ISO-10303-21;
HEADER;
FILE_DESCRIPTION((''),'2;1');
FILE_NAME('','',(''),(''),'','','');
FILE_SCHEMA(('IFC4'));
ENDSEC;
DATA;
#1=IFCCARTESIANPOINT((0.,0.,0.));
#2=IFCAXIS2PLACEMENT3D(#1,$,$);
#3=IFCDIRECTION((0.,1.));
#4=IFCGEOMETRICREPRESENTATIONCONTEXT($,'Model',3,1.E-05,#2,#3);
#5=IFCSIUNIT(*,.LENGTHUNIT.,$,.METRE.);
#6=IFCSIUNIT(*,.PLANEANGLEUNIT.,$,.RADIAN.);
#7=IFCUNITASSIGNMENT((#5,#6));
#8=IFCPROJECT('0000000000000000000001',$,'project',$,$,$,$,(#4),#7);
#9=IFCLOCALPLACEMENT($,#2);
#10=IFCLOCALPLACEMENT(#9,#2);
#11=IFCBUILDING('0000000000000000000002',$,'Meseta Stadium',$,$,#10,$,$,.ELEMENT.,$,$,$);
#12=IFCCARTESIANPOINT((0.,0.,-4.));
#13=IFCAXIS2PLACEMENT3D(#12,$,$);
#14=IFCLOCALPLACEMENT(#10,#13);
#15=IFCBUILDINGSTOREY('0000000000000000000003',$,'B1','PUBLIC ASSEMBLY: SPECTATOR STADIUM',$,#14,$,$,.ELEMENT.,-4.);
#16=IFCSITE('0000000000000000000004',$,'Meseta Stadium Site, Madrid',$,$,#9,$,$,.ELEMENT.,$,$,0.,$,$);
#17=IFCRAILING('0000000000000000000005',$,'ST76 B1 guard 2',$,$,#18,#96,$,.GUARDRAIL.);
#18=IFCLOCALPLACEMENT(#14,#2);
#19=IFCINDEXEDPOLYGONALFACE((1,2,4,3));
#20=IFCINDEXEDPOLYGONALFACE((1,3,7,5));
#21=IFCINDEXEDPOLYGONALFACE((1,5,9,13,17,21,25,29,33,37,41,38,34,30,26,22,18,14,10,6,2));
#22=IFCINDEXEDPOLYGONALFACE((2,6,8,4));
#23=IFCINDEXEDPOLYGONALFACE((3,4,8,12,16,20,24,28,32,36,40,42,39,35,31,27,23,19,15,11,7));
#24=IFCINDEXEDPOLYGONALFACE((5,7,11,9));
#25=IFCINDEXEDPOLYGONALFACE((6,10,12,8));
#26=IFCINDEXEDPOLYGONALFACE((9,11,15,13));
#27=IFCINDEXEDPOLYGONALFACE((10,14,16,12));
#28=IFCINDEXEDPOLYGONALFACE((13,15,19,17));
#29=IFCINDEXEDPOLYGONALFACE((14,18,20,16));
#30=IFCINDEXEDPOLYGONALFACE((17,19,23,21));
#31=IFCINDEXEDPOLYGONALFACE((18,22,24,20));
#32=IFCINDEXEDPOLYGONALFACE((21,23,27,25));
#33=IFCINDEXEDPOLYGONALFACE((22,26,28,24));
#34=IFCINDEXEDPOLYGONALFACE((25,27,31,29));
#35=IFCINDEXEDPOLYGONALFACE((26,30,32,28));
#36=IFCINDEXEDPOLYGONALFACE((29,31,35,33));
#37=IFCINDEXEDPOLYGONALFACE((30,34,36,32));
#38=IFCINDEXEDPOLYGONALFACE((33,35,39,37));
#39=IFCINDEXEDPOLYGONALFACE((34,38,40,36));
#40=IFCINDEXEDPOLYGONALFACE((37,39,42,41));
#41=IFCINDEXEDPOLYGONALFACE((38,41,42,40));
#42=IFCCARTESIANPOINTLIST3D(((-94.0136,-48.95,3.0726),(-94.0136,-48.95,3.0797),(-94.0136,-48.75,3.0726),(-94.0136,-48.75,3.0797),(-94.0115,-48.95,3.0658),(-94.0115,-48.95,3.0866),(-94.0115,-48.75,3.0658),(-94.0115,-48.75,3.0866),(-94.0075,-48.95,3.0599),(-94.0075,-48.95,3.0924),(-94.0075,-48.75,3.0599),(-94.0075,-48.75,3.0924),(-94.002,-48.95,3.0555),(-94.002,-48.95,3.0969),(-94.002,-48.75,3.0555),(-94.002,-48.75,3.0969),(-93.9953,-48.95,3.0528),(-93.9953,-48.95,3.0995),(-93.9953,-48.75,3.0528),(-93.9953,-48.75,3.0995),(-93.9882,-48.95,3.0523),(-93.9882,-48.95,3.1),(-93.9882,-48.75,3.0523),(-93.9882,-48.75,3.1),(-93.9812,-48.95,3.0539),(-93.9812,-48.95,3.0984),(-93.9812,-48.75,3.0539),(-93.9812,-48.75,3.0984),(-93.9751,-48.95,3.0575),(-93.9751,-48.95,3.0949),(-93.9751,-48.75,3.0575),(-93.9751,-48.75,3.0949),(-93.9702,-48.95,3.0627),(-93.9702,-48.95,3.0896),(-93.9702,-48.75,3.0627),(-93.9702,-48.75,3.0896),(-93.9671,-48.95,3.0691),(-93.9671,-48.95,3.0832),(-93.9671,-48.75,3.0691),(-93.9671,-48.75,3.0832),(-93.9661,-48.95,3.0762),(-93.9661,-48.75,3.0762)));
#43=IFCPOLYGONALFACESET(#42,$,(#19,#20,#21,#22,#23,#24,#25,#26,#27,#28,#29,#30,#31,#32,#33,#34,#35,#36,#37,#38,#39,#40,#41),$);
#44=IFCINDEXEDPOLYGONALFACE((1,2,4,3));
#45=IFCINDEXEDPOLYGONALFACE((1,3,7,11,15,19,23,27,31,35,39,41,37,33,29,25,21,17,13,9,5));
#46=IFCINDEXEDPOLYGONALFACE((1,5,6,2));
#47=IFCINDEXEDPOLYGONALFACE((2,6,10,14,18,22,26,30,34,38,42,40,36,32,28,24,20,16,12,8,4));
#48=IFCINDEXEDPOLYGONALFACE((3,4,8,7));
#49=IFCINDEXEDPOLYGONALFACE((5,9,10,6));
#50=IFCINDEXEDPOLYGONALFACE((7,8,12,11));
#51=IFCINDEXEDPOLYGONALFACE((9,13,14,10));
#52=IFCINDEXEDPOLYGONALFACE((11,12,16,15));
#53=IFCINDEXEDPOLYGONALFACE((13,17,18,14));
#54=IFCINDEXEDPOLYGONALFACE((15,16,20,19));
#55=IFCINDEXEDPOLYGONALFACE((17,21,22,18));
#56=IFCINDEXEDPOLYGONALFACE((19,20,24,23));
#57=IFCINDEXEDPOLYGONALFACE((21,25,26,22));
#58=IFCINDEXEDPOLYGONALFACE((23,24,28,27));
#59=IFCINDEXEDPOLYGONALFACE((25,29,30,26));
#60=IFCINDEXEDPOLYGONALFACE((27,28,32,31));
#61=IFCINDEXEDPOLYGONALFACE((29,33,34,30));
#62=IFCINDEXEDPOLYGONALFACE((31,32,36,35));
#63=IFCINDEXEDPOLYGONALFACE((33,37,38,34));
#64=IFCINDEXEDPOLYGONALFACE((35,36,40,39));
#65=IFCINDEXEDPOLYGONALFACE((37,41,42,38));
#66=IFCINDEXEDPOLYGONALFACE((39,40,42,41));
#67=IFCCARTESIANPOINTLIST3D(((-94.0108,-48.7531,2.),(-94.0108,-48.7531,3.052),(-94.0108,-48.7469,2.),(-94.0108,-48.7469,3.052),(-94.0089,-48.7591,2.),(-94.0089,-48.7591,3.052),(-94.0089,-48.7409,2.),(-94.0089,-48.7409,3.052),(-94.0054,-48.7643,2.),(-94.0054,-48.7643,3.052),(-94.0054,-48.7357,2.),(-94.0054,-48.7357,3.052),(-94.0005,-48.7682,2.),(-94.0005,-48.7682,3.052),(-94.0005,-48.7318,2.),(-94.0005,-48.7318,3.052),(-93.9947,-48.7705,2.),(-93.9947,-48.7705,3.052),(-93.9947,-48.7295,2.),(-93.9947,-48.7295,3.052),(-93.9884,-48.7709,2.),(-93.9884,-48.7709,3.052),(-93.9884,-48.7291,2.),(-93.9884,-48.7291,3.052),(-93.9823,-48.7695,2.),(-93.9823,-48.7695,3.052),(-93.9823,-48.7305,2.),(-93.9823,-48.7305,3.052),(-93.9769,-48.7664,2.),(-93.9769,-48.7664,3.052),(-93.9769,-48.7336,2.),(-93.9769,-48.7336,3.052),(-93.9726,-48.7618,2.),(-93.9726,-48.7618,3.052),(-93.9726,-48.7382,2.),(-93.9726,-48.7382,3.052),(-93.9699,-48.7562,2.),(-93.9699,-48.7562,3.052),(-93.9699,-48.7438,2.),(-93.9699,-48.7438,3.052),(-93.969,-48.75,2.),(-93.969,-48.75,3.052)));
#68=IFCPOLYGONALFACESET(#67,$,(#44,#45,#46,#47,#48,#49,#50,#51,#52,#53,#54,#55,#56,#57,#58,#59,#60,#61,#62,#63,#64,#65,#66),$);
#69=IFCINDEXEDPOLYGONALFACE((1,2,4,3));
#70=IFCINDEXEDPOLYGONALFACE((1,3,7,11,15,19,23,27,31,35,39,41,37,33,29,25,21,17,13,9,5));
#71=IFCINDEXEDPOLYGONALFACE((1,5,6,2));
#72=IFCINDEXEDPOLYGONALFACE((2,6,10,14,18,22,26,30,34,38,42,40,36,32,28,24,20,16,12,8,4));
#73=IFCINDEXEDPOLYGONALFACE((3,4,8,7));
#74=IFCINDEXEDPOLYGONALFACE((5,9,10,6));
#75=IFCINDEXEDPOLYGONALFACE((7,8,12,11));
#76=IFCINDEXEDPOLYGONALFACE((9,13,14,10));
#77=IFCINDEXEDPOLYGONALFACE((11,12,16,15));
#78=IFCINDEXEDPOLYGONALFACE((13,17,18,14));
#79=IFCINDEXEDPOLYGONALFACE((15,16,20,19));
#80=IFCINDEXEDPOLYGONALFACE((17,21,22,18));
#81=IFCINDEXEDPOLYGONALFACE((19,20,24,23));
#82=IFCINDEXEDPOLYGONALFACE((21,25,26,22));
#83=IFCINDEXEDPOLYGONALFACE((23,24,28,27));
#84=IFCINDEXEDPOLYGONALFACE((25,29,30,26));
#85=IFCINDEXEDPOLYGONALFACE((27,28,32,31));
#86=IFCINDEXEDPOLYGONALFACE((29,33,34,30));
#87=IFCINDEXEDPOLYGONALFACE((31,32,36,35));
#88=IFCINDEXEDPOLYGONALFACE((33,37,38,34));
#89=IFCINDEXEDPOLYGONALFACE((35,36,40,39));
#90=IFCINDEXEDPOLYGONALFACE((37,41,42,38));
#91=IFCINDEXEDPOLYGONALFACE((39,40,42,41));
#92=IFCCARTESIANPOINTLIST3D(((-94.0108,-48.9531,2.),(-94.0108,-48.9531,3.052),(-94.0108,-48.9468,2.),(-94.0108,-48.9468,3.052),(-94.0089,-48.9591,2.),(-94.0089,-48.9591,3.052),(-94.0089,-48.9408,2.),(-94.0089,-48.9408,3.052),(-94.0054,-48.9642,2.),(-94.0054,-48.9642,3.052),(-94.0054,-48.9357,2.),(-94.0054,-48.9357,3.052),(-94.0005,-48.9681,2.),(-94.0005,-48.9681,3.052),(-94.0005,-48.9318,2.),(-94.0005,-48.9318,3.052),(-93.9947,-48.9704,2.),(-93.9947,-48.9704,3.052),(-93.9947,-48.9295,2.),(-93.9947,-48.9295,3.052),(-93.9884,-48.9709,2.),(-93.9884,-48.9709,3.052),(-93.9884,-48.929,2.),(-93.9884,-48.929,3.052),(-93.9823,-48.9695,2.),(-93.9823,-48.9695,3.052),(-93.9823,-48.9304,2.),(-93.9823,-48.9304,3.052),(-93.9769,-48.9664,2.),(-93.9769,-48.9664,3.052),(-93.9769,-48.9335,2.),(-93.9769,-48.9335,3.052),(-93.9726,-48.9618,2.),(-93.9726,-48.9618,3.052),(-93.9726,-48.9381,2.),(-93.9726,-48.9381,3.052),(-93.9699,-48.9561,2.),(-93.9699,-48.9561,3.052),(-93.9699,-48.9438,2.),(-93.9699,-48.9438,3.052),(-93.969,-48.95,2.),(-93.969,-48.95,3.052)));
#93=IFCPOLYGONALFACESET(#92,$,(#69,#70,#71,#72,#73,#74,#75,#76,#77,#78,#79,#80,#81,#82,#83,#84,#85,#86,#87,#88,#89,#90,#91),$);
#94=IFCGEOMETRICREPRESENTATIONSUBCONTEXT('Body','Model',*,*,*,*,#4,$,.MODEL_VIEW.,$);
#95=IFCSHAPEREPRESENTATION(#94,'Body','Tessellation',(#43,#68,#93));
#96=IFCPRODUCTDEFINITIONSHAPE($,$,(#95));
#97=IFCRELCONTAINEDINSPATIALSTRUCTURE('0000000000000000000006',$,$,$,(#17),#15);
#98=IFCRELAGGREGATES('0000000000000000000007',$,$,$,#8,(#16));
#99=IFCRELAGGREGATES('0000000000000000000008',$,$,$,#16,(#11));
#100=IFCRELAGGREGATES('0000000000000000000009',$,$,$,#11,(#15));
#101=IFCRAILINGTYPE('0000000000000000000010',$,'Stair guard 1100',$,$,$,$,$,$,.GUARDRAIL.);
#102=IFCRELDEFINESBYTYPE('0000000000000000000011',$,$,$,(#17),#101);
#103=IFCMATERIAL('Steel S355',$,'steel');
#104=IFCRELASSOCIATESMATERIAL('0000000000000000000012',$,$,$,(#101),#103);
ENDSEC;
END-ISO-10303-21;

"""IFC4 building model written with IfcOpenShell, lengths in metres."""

from ifc_helpers import new_model, si_unit, direction, frame, origin, origin_2d, place, context, subcontext, project, spatial, circle, extrude, material, type_object, element, save


model = new_model("IFC4")

# Units and contexts
model_context = context("Model", 3, precision=1e-05, world=origin(), true_north=direction((0.0, 1.0)))
body_context = subcontext(model_context, "Body", "Model", "MODEL_VIEW")
ifc_project = project(units=[si_unit("LENGTHUNIT", "METRE"), si_unit("PLANEANGLEUNIT", "RADIAN")], contexts=[model_context])

# Site, building, storey
site_placement = place(None, origin())
site = spatial("IfcSite", under=ifc_project, at=site_placement, Name="Meseta Stadium Site, Madrid", CompositionType="ELEMENT", RefElevation=0.0)
building_placement = place(site_placement, origin())
building = spatial("IfcBuilding", under=site, at=building_placement, Name="Meseta Stadium", CompositionType="ELEMENT")
storey_placement = place(building_placement, frame((0.0, 0.0, -4.0)))
storey = spatial("IfcBuildingStorey", under=building, at=storey_placement, Name="B1", Description="PUBLIC ASSEMBLY: SPECTATOR STADIUM", CompositionType="ELEMENT", Elevation=-4.0)

# Railing
ifc_material_1 = material(Name="Steel S355", Category="steel")
railing_type_1 = type_object("IfcRailingType", Name="Stair guard 1100", PredefinedType="GUARDRAIL", material=ifc_material_1)
railing_1_placement = place(storey_placement, frame((-93.99, -48.75, 2.0)))
element("IfcRailing", 1, at=railing_1_placement, inside=storey, type_object=railing_type_1, Name="ST76 B1 guard 2", PredefinedType="GUARDRAIL", context=body_context, shape_type="SweptSolid", body=[
    extrude(circle(Radius=0.0239, at=origin_2d()), frame((0.0, 0.0, 1.0762), z_axis=(0.0, -1.0, 0.0), x_axis=(1.0, 0.0, 0.0)), (0.0, 0.0, 1.0), 0.2),
    extrude(circle(Radius=0.021, at=origin_2d()), origin(), (0.0, 0.0, 1.0), 1.052),
    extrude(circle(Radius=0.021, at=origin_2d()), frame((0.0, -0.2, 0.0)), (0.0, 0.0, 1.0), 1.052),
])

save(model, "model.ifc")
